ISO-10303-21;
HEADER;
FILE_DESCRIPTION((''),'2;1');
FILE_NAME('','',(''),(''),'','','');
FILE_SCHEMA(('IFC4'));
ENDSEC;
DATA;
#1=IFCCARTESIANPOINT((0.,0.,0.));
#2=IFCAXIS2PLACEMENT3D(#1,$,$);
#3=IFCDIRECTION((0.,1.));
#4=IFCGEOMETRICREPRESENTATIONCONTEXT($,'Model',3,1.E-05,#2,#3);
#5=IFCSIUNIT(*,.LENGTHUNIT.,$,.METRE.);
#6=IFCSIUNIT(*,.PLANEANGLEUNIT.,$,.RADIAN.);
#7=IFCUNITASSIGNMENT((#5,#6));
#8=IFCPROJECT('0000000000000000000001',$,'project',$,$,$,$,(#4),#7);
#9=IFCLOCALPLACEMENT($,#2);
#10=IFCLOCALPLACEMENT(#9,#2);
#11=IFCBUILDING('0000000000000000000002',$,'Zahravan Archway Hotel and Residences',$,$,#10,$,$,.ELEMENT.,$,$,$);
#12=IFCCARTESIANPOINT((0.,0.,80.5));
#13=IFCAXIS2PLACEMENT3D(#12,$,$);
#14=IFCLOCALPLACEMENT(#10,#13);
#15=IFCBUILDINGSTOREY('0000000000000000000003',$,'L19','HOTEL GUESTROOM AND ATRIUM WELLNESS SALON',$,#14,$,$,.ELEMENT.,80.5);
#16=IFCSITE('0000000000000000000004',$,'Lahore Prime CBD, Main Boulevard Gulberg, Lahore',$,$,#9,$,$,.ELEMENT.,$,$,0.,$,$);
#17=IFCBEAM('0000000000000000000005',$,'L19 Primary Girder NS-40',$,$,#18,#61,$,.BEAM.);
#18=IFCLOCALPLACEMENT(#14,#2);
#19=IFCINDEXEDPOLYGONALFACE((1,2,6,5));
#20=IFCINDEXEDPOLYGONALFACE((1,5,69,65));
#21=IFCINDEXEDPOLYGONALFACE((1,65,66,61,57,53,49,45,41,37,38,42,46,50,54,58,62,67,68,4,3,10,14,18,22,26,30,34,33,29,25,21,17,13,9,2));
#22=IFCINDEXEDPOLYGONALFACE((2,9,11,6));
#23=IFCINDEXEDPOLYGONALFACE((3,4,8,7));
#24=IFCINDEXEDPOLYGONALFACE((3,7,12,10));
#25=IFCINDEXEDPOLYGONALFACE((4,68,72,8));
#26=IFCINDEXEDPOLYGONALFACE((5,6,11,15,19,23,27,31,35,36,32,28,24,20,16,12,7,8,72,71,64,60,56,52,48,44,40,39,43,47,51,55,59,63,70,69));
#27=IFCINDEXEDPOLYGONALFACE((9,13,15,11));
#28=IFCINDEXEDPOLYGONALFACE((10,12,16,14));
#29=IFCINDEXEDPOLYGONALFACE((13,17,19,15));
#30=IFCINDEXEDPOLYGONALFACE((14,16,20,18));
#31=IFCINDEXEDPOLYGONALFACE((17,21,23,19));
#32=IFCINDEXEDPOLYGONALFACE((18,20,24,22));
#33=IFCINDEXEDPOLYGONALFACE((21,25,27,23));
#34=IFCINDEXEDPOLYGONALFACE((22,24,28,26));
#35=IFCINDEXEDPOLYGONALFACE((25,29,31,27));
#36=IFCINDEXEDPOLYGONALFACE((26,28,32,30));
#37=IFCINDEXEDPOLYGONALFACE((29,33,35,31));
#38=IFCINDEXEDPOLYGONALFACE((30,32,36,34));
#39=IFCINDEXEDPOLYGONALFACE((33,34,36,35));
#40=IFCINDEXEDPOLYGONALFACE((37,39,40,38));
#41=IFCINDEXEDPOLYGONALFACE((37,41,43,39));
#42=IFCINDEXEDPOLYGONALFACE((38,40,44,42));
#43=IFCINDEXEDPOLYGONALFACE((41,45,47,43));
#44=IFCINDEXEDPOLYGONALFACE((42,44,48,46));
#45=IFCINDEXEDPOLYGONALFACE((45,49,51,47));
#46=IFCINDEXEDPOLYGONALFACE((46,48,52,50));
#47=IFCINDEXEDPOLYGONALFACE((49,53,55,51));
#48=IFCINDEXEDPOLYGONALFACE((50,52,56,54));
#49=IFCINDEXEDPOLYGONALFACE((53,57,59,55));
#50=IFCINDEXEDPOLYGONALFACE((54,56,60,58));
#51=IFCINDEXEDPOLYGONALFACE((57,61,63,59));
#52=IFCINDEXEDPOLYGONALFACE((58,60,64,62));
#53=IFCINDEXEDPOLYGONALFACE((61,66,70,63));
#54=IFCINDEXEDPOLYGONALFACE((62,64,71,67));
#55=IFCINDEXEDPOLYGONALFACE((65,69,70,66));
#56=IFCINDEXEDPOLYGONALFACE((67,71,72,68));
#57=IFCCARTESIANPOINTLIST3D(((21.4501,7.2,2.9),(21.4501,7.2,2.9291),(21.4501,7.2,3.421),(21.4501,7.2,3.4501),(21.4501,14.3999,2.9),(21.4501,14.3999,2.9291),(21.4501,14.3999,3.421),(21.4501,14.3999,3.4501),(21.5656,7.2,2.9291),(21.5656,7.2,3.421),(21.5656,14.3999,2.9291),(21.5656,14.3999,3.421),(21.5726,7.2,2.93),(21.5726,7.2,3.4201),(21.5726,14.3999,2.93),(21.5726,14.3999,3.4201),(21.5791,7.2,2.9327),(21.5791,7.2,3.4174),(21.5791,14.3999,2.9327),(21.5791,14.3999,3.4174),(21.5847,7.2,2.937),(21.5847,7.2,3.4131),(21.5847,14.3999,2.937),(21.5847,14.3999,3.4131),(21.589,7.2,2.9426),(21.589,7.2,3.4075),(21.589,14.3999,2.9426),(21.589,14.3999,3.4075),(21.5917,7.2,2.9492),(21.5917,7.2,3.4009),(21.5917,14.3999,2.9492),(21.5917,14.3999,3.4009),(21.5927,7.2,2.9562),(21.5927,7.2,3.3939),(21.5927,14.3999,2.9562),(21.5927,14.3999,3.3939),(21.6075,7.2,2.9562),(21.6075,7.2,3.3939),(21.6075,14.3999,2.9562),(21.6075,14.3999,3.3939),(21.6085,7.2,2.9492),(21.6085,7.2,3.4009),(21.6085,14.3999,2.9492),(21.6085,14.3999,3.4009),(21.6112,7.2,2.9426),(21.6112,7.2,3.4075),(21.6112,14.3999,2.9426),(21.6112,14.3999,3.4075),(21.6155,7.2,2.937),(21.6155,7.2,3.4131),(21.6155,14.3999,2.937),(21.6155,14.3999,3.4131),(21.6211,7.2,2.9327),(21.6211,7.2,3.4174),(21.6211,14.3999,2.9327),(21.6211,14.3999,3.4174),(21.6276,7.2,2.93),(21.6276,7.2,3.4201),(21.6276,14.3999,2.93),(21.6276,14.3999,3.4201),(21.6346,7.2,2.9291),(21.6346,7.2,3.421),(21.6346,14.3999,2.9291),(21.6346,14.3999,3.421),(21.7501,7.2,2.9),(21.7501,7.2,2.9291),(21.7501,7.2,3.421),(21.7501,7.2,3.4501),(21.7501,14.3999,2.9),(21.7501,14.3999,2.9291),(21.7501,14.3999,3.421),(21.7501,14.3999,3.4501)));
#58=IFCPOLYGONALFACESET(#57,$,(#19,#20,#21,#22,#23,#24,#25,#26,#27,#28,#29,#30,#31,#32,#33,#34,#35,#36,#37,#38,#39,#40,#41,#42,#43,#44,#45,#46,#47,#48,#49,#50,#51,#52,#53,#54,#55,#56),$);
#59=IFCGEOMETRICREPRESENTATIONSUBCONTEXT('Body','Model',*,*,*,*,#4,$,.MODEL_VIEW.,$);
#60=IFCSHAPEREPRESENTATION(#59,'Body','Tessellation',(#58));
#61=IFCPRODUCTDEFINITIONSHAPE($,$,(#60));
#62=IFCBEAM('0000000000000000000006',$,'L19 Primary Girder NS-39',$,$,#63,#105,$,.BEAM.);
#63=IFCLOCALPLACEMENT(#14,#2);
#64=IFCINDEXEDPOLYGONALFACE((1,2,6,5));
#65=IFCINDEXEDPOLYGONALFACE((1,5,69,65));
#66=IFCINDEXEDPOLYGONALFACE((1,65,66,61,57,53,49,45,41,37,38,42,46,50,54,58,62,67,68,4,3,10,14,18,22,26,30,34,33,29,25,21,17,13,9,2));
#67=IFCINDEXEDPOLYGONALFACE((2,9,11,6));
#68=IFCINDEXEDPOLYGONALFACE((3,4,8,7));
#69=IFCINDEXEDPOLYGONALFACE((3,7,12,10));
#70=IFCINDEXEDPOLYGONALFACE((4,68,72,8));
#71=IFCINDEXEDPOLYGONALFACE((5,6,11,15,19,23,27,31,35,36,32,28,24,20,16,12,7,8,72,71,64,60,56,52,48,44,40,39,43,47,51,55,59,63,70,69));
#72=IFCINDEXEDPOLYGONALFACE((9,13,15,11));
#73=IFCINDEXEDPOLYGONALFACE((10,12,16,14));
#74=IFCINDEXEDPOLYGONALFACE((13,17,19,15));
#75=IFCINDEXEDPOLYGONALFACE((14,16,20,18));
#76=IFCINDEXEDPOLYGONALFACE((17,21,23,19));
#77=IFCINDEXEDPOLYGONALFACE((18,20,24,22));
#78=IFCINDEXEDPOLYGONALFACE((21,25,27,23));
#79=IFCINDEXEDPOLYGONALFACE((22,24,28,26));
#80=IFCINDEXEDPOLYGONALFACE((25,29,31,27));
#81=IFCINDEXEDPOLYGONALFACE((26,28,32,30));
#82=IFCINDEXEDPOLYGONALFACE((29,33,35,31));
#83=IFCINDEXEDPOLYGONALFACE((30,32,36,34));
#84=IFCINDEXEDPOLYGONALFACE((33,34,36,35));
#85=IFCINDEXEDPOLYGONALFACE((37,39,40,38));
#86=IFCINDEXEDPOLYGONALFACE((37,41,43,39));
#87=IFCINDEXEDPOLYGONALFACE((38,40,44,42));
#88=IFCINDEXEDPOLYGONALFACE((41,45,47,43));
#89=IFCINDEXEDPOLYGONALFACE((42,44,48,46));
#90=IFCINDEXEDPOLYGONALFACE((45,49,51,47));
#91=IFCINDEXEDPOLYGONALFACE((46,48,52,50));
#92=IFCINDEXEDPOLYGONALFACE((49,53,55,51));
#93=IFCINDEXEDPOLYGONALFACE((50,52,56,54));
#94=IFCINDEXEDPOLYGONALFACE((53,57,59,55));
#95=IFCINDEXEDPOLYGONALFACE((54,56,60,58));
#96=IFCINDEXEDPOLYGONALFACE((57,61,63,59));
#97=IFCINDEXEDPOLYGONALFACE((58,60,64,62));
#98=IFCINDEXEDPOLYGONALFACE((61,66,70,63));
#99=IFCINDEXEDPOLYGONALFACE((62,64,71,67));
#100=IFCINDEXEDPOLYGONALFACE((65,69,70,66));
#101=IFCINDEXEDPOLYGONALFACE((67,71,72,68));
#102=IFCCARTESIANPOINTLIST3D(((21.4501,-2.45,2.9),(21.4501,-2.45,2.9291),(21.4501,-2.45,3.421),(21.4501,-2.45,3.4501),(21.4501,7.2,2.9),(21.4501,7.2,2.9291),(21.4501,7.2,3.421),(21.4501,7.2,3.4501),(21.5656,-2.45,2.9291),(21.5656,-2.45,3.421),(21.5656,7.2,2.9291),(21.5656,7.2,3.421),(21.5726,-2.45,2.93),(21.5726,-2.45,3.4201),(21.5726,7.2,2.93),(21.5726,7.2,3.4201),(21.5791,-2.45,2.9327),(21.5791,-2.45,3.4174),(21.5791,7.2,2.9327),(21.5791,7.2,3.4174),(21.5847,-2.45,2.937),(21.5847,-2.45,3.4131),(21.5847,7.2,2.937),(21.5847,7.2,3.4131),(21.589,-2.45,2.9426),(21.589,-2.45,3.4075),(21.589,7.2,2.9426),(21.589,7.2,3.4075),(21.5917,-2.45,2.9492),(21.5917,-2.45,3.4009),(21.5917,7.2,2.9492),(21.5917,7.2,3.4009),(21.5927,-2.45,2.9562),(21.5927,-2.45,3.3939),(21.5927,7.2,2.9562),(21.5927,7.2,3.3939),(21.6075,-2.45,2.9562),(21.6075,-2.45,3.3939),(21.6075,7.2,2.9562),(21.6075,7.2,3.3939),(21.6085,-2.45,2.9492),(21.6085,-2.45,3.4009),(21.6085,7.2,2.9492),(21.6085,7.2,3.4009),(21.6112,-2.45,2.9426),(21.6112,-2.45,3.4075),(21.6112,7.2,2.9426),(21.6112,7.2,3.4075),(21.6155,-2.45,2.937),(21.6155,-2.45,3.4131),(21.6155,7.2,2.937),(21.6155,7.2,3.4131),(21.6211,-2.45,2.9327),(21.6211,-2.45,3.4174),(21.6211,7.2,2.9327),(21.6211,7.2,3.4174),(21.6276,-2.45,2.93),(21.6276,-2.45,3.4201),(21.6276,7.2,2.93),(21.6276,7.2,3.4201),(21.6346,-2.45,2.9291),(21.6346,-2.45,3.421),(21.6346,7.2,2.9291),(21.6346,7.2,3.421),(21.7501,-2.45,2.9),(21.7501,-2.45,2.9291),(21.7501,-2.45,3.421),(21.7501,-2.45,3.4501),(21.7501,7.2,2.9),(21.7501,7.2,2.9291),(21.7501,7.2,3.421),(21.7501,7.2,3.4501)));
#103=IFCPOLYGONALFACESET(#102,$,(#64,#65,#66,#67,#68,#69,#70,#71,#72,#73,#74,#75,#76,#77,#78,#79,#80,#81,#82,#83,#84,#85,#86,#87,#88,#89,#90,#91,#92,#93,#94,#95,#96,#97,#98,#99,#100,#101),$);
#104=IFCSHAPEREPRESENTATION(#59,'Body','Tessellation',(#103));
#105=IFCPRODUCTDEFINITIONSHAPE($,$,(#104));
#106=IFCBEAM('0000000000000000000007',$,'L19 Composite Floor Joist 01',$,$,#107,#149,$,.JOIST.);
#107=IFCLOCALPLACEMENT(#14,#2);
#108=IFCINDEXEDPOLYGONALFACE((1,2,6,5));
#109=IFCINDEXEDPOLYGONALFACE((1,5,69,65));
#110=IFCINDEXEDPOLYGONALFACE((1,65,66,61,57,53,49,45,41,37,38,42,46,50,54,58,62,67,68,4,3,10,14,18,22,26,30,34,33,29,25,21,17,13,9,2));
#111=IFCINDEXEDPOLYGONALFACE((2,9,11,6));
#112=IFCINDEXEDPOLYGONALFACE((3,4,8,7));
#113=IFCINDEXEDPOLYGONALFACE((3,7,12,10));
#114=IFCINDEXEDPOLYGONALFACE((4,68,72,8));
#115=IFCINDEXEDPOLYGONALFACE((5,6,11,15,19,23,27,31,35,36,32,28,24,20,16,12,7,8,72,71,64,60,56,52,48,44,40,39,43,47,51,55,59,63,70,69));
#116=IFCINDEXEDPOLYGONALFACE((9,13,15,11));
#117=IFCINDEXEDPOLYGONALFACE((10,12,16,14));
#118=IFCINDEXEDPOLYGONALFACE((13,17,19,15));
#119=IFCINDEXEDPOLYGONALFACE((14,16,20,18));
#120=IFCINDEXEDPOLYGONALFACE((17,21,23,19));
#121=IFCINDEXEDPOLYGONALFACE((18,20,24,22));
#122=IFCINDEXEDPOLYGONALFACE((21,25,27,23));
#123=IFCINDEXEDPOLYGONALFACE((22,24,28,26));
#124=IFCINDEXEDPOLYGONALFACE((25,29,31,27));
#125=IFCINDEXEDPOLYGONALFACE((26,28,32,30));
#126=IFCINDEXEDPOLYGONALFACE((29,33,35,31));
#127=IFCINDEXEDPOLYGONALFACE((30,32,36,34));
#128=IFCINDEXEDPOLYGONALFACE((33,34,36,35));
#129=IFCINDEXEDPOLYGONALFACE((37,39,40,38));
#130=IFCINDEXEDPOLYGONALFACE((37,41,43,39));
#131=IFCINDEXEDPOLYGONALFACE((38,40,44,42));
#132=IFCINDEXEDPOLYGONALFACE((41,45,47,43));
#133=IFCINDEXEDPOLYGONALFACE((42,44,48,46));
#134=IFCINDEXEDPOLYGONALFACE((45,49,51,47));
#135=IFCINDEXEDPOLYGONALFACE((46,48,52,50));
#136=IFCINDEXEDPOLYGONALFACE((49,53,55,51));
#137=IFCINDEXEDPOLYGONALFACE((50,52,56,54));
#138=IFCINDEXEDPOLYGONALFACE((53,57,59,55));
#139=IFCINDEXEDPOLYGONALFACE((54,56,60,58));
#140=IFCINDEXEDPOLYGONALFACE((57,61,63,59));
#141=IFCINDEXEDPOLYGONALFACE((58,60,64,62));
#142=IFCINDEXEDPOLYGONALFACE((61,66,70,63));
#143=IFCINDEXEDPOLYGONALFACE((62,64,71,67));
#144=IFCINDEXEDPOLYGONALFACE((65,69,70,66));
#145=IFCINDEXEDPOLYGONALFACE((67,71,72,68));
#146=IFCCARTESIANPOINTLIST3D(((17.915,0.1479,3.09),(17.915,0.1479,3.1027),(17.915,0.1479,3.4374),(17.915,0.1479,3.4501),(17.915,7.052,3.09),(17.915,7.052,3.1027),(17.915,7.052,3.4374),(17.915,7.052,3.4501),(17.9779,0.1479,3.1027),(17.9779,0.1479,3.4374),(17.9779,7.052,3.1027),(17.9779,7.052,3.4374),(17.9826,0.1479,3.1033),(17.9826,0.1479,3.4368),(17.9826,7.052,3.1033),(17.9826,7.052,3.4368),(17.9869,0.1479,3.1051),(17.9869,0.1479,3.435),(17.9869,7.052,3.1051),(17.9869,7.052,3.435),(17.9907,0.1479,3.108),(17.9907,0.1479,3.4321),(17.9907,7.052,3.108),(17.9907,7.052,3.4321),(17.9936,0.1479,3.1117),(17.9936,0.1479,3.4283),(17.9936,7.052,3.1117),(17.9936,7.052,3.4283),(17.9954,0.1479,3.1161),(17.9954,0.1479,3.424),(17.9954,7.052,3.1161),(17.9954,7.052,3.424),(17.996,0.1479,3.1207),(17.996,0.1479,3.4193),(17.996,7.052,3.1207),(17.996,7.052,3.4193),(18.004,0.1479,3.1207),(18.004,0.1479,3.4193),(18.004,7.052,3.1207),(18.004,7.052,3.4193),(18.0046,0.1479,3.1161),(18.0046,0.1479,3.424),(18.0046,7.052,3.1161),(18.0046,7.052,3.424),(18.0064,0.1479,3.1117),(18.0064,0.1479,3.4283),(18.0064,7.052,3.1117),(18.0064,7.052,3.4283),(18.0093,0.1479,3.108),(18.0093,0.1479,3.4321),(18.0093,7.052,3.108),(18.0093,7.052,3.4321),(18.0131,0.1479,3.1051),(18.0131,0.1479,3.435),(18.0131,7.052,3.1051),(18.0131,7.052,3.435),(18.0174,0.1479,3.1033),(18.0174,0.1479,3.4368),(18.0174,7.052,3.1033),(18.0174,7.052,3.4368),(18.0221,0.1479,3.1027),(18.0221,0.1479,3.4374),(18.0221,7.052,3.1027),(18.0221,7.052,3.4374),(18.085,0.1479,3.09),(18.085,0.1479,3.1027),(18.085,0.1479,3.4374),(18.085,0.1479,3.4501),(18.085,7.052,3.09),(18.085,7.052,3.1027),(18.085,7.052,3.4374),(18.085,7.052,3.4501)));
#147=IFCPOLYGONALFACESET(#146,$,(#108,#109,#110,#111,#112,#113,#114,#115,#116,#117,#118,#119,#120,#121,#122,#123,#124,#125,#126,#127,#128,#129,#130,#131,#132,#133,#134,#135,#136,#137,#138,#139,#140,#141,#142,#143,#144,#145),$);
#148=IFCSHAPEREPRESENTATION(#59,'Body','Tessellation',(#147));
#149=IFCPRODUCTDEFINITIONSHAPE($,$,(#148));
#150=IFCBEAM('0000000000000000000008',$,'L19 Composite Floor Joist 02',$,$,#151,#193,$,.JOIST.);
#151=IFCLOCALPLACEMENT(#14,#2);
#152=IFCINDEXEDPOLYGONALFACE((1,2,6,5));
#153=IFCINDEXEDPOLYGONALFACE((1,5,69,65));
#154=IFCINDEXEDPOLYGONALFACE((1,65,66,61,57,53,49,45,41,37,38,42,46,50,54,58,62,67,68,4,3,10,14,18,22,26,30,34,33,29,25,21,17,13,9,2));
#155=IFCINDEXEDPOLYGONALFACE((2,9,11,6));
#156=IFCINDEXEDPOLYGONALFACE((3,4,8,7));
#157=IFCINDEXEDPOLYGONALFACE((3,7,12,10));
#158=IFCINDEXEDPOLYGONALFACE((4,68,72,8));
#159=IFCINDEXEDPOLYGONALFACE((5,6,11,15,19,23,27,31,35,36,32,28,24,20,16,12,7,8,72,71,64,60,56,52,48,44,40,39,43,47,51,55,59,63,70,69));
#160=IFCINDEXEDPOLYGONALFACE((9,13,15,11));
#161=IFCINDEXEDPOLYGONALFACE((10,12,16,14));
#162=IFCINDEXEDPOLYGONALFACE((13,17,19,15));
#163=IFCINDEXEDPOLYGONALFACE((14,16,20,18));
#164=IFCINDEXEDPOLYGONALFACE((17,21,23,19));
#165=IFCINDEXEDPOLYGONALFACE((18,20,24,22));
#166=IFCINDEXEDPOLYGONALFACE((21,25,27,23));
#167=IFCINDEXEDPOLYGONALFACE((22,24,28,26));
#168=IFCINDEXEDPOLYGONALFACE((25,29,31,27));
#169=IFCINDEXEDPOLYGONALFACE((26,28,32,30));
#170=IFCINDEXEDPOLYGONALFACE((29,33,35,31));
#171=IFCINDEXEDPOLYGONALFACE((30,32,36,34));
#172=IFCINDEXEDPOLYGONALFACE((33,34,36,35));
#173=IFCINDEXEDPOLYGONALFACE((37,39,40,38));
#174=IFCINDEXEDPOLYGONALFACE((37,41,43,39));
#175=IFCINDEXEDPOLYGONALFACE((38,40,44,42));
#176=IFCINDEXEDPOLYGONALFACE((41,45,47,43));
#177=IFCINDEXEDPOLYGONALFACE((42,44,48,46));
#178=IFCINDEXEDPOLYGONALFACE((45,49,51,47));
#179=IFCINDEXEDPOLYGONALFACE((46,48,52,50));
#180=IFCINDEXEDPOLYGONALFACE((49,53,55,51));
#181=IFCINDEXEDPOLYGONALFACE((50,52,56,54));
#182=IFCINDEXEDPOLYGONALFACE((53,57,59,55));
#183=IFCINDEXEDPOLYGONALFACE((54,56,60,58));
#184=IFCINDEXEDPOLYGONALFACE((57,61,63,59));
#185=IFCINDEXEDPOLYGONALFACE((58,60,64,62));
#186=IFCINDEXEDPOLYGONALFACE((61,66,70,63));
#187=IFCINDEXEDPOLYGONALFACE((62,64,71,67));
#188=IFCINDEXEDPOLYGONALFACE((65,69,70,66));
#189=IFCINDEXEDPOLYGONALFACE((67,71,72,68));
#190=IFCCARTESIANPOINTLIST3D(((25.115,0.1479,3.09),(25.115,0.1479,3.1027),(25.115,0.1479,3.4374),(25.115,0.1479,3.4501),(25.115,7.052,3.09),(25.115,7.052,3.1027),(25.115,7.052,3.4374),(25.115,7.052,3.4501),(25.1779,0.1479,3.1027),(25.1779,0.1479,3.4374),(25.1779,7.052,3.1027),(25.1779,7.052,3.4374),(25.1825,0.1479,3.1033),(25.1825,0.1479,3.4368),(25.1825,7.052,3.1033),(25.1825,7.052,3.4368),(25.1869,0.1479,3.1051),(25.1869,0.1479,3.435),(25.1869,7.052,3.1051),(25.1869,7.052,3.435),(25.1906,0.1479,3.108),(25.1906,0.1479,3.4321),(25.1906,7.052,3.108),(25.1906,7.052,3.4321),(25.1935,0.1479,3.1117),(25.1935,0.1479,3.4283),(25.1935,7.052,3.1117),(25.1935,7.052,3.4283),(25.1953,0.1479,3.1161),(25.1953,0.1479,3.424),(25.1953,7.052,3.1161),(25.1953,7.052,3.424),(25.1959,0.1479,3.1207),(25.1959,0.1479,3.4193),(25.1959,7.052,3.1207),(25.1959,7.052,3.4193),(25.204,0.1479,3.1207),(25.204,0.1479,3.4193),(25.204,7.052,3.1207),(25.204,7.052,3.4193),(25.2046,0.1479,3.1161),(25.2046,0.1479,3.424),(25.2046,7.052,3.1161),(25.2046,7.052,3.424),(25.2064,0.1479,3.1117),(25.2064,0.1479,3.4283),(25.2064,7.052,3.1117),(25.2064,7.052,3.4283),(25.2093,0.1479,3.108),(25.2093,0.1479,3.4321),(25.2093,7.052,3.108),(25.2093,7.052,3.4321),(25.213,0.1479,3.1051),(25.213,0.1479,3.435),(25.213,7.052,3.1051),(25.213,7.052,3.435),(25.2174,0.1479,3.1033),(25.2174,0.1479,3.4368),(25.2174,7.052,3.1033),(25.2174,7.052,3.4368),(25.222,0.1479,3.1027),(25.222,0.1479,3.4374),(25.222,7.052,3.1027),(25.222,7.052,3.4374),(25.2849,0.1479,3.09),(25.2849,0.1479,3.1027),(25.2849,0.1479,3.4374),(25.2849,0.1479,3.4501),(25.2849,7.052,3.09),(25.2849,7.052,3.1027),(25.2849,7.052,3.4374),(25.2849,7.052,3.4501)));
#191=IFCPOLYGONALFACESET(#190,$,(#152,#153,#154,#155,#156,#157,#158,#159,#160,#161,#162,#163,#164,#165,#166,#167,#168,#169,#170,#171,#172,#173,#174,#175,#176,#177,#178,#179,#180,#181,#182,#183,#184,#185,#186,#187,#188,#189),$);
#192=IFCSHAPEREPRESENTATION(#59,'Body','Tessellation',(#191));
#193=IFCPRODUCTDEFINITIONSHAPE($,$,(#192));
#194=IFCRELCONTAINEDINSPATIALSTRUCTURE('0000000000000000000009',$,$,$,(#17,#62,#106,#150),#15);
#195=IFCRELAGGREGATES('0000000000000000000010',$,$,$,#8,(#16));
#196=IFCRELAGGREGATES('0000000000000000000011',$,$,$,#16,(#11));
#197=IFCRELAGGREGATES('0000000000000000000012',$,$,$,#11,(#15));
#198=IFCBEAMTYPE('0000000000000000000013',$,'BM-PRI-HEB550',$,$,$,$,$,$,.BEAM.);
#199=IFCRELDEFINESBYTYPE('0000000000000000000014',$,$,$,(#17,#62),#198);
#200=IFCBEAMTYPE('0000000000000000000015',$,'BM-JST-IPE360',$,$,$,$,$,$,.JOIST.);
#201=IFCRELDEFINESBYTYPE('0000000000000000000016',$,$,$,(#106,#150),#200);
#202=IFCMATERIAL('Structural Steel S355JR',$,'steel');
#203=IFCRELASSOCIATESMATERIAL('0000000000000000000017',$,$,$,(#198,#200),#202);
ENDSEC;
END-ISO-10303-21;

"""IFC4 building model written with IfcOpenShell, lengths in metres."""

from ifc_helpers import new_model, si_unit, direction, frame, origin, origin_2d, place, context, subcontext, project, spatial, i_section, extrude, source, transform, mapped, material, material_profile, profile_set, type_object, type_shapes, element, save


model = new_model("IFC4")

# Units and contexts
model_context = context("Model", 3, precision=1e-05, world=origin(), true_north=direction((0.0, 1.0)))
body_context = subcontext(model_context, "Body", "Model", "MODEL_VIEW")
ifc_project = project(units=[si_unit("LENGTHUNIT", "METRE"), si_unit("PLANEANGLEUNIT", "RADIAN")], contexts=[model_context])

# Site, building, storey
site_placement = place(None, origin())
site = spatial("IfcSite", under=ifc_project, at=site_placement, Name="Lahore Prime CBD, Main Boulevard Gulberg, Lahore", CompositionType="ELEMENT", RefElevation=0.0)
building_placement = place(site_placement, origin())
building = spatial("IfcBuilding", under=site, at=building_placement, Name="Zahravan Archway Hotel and Residences", CompositionType="ELEMENT")
storey_placement = place(building_placement, frame((0.0, 0.0, 80.5)))
storey = spatial("IfcBuildingStorey", under=building, at=storey_placement, Name="L19", Description="HOTEL GUESTROOM AND ATRIUM WELLNESS SALON", CompositionType="ELEMENT", Elevation=80.5)

# Beams
ifc_material_1 = material(Name="Structural Steel S355JR", Category="steel")
ifc_material_profile_1 = material_profile(ifc_material_1, i_section(OverallWidth=0.3, OverallDepth=0.55, WebThickness=0.0149, FlangeThickness=0.0291, FilletRadius=0.0271, at=origin_2d()), Name="HEB 550", Category="steel")
ifc_profile_set_1 = profile_set([ifc_material_profile_1], Name="Structural Steel S355JR")
beam_type_1 = type_object("IfcBeamType", Name="BM-PRI-HEB550", PredefinedType="BEAM", material=ifc_profile_set_1)
shared_shape_1 = source(origin(), body_context, "Body", "SweptSolid", [
    extrude(i_section(OverallWidth=0.3, OverallDepth=0.55, WebThickness=0.0149, FlangeThickness=0.0291, FilletRadius=0.0271, at=origin_2d()), origin(), (0.0, 0.0, 1.0), 7.2),
])
for number, where, z_axis, x_axis, name in (
    (1, (21.6001, 7.2, 3.175), (0.0, 1.0, 0.0), (-1.0, 0.0, 0.0), "L19 Primary Girder NS-40"),
):
    element("IfcBeam", number, at=place(storey_placement, frame(where, z_axis=z_axis, x_axis=x_axis)), inside=storey, type_object=beam_type_1, Name=name, PredefinedType="BEAM", context=body_context, shape_type="MappedRepresentation", body=[
        mapped(shared_shape_1, transform((0.0, 0.0, 0.0), scale=1.0)),
    ])
shared_shape_2 = source(origin(), body_context, "Body", "SweptSolid", [
    extrude(i_section(OverallWidth=0.3, OverallDepth=0.55, WebThickness=0.0149, FlangeThickness=0.0291, FilletRadius=0.0271, at=origin_2d()), origin(), (0.0, 0.0, 1.0), 9.6499),
])
beam_1_placement = place(storey_placement, frame((21.6001, -2.45, 3.175), z_axis=(0.0, 1.0, 0.0), x_axis=(-1.0, 0.0, 0.0)))
element("IfcBeam", 2, at=beam_1_placement, inside=storey, type_object=beam_type_1, Name="L19 Primary Girder NS-39", PredefinedType="BEAM", context=body_context, shape_type="MappedRepresentation", body=[
    mapped(shared_shape_2, transform((0.0, 0.0, 0.0), scale=1.0)),
])
ifc_material_profile_2 = material_profile(ifc_material_1, i_section(OverallWidth=0.1699, OverallDepth=0.3601, WebThickness=0.0081, FlangeThickness=0.0127, FilletRadius=0.0181, at=origin_2d()), Name="IPE 360", Category="steel")
ifc_profile_set_2 = profile_set([ifc_material_profile_2], Name="Structural Steel S355JR")
beam_type_2 = type_object("IfcBeamType", Name="BM-JST-IPE360", PredefinedType="JOIST", material=ifc_profile_set_2)
shared_shape_3 = source(origin(), body_context, "Body", "SweptSolid", [
    extrude(i_section(OverallWidth=0.1699, OverallDepth=0.3601, WebThickness=0.0081, FlangeThickness=0.0127, FilletRadius=0.0181, at=origin_2d()), origin(), (0.0, 0.0, 1.0), 6.9041),
])
type_shapes(beam_type_2, [shared_shape_3])
for number, where, z_axis, x_axis, name in (
    (3, (18.0, 0.1479, 3.27), (0.0, 1.0, 0.0), (-1.0, 0.0, 0.0), "L19 Composite Floor Joist 01"),
    (4, (25.2, 0.1479, 3.27), (0.0, 1.0, 0.0), (-1.0, 0.0, 0.0), "L19 Composite Floor Joist 02"),
):
    element("IfcBeam", number, at=place(storey_placement, frame(where, z_axis=z_axis, x_axis=x_axis)), inside=storey, type_object=beam_type_2, Name=name, PredefinedType="JOIST", context=body_context, shape_type="MappedRepresentation", body=[
        mapped(shared_shape_3, transform((0.0, 0.0, 0.0), scale=1.0)),
    ])

save(model, "model.ifc")
